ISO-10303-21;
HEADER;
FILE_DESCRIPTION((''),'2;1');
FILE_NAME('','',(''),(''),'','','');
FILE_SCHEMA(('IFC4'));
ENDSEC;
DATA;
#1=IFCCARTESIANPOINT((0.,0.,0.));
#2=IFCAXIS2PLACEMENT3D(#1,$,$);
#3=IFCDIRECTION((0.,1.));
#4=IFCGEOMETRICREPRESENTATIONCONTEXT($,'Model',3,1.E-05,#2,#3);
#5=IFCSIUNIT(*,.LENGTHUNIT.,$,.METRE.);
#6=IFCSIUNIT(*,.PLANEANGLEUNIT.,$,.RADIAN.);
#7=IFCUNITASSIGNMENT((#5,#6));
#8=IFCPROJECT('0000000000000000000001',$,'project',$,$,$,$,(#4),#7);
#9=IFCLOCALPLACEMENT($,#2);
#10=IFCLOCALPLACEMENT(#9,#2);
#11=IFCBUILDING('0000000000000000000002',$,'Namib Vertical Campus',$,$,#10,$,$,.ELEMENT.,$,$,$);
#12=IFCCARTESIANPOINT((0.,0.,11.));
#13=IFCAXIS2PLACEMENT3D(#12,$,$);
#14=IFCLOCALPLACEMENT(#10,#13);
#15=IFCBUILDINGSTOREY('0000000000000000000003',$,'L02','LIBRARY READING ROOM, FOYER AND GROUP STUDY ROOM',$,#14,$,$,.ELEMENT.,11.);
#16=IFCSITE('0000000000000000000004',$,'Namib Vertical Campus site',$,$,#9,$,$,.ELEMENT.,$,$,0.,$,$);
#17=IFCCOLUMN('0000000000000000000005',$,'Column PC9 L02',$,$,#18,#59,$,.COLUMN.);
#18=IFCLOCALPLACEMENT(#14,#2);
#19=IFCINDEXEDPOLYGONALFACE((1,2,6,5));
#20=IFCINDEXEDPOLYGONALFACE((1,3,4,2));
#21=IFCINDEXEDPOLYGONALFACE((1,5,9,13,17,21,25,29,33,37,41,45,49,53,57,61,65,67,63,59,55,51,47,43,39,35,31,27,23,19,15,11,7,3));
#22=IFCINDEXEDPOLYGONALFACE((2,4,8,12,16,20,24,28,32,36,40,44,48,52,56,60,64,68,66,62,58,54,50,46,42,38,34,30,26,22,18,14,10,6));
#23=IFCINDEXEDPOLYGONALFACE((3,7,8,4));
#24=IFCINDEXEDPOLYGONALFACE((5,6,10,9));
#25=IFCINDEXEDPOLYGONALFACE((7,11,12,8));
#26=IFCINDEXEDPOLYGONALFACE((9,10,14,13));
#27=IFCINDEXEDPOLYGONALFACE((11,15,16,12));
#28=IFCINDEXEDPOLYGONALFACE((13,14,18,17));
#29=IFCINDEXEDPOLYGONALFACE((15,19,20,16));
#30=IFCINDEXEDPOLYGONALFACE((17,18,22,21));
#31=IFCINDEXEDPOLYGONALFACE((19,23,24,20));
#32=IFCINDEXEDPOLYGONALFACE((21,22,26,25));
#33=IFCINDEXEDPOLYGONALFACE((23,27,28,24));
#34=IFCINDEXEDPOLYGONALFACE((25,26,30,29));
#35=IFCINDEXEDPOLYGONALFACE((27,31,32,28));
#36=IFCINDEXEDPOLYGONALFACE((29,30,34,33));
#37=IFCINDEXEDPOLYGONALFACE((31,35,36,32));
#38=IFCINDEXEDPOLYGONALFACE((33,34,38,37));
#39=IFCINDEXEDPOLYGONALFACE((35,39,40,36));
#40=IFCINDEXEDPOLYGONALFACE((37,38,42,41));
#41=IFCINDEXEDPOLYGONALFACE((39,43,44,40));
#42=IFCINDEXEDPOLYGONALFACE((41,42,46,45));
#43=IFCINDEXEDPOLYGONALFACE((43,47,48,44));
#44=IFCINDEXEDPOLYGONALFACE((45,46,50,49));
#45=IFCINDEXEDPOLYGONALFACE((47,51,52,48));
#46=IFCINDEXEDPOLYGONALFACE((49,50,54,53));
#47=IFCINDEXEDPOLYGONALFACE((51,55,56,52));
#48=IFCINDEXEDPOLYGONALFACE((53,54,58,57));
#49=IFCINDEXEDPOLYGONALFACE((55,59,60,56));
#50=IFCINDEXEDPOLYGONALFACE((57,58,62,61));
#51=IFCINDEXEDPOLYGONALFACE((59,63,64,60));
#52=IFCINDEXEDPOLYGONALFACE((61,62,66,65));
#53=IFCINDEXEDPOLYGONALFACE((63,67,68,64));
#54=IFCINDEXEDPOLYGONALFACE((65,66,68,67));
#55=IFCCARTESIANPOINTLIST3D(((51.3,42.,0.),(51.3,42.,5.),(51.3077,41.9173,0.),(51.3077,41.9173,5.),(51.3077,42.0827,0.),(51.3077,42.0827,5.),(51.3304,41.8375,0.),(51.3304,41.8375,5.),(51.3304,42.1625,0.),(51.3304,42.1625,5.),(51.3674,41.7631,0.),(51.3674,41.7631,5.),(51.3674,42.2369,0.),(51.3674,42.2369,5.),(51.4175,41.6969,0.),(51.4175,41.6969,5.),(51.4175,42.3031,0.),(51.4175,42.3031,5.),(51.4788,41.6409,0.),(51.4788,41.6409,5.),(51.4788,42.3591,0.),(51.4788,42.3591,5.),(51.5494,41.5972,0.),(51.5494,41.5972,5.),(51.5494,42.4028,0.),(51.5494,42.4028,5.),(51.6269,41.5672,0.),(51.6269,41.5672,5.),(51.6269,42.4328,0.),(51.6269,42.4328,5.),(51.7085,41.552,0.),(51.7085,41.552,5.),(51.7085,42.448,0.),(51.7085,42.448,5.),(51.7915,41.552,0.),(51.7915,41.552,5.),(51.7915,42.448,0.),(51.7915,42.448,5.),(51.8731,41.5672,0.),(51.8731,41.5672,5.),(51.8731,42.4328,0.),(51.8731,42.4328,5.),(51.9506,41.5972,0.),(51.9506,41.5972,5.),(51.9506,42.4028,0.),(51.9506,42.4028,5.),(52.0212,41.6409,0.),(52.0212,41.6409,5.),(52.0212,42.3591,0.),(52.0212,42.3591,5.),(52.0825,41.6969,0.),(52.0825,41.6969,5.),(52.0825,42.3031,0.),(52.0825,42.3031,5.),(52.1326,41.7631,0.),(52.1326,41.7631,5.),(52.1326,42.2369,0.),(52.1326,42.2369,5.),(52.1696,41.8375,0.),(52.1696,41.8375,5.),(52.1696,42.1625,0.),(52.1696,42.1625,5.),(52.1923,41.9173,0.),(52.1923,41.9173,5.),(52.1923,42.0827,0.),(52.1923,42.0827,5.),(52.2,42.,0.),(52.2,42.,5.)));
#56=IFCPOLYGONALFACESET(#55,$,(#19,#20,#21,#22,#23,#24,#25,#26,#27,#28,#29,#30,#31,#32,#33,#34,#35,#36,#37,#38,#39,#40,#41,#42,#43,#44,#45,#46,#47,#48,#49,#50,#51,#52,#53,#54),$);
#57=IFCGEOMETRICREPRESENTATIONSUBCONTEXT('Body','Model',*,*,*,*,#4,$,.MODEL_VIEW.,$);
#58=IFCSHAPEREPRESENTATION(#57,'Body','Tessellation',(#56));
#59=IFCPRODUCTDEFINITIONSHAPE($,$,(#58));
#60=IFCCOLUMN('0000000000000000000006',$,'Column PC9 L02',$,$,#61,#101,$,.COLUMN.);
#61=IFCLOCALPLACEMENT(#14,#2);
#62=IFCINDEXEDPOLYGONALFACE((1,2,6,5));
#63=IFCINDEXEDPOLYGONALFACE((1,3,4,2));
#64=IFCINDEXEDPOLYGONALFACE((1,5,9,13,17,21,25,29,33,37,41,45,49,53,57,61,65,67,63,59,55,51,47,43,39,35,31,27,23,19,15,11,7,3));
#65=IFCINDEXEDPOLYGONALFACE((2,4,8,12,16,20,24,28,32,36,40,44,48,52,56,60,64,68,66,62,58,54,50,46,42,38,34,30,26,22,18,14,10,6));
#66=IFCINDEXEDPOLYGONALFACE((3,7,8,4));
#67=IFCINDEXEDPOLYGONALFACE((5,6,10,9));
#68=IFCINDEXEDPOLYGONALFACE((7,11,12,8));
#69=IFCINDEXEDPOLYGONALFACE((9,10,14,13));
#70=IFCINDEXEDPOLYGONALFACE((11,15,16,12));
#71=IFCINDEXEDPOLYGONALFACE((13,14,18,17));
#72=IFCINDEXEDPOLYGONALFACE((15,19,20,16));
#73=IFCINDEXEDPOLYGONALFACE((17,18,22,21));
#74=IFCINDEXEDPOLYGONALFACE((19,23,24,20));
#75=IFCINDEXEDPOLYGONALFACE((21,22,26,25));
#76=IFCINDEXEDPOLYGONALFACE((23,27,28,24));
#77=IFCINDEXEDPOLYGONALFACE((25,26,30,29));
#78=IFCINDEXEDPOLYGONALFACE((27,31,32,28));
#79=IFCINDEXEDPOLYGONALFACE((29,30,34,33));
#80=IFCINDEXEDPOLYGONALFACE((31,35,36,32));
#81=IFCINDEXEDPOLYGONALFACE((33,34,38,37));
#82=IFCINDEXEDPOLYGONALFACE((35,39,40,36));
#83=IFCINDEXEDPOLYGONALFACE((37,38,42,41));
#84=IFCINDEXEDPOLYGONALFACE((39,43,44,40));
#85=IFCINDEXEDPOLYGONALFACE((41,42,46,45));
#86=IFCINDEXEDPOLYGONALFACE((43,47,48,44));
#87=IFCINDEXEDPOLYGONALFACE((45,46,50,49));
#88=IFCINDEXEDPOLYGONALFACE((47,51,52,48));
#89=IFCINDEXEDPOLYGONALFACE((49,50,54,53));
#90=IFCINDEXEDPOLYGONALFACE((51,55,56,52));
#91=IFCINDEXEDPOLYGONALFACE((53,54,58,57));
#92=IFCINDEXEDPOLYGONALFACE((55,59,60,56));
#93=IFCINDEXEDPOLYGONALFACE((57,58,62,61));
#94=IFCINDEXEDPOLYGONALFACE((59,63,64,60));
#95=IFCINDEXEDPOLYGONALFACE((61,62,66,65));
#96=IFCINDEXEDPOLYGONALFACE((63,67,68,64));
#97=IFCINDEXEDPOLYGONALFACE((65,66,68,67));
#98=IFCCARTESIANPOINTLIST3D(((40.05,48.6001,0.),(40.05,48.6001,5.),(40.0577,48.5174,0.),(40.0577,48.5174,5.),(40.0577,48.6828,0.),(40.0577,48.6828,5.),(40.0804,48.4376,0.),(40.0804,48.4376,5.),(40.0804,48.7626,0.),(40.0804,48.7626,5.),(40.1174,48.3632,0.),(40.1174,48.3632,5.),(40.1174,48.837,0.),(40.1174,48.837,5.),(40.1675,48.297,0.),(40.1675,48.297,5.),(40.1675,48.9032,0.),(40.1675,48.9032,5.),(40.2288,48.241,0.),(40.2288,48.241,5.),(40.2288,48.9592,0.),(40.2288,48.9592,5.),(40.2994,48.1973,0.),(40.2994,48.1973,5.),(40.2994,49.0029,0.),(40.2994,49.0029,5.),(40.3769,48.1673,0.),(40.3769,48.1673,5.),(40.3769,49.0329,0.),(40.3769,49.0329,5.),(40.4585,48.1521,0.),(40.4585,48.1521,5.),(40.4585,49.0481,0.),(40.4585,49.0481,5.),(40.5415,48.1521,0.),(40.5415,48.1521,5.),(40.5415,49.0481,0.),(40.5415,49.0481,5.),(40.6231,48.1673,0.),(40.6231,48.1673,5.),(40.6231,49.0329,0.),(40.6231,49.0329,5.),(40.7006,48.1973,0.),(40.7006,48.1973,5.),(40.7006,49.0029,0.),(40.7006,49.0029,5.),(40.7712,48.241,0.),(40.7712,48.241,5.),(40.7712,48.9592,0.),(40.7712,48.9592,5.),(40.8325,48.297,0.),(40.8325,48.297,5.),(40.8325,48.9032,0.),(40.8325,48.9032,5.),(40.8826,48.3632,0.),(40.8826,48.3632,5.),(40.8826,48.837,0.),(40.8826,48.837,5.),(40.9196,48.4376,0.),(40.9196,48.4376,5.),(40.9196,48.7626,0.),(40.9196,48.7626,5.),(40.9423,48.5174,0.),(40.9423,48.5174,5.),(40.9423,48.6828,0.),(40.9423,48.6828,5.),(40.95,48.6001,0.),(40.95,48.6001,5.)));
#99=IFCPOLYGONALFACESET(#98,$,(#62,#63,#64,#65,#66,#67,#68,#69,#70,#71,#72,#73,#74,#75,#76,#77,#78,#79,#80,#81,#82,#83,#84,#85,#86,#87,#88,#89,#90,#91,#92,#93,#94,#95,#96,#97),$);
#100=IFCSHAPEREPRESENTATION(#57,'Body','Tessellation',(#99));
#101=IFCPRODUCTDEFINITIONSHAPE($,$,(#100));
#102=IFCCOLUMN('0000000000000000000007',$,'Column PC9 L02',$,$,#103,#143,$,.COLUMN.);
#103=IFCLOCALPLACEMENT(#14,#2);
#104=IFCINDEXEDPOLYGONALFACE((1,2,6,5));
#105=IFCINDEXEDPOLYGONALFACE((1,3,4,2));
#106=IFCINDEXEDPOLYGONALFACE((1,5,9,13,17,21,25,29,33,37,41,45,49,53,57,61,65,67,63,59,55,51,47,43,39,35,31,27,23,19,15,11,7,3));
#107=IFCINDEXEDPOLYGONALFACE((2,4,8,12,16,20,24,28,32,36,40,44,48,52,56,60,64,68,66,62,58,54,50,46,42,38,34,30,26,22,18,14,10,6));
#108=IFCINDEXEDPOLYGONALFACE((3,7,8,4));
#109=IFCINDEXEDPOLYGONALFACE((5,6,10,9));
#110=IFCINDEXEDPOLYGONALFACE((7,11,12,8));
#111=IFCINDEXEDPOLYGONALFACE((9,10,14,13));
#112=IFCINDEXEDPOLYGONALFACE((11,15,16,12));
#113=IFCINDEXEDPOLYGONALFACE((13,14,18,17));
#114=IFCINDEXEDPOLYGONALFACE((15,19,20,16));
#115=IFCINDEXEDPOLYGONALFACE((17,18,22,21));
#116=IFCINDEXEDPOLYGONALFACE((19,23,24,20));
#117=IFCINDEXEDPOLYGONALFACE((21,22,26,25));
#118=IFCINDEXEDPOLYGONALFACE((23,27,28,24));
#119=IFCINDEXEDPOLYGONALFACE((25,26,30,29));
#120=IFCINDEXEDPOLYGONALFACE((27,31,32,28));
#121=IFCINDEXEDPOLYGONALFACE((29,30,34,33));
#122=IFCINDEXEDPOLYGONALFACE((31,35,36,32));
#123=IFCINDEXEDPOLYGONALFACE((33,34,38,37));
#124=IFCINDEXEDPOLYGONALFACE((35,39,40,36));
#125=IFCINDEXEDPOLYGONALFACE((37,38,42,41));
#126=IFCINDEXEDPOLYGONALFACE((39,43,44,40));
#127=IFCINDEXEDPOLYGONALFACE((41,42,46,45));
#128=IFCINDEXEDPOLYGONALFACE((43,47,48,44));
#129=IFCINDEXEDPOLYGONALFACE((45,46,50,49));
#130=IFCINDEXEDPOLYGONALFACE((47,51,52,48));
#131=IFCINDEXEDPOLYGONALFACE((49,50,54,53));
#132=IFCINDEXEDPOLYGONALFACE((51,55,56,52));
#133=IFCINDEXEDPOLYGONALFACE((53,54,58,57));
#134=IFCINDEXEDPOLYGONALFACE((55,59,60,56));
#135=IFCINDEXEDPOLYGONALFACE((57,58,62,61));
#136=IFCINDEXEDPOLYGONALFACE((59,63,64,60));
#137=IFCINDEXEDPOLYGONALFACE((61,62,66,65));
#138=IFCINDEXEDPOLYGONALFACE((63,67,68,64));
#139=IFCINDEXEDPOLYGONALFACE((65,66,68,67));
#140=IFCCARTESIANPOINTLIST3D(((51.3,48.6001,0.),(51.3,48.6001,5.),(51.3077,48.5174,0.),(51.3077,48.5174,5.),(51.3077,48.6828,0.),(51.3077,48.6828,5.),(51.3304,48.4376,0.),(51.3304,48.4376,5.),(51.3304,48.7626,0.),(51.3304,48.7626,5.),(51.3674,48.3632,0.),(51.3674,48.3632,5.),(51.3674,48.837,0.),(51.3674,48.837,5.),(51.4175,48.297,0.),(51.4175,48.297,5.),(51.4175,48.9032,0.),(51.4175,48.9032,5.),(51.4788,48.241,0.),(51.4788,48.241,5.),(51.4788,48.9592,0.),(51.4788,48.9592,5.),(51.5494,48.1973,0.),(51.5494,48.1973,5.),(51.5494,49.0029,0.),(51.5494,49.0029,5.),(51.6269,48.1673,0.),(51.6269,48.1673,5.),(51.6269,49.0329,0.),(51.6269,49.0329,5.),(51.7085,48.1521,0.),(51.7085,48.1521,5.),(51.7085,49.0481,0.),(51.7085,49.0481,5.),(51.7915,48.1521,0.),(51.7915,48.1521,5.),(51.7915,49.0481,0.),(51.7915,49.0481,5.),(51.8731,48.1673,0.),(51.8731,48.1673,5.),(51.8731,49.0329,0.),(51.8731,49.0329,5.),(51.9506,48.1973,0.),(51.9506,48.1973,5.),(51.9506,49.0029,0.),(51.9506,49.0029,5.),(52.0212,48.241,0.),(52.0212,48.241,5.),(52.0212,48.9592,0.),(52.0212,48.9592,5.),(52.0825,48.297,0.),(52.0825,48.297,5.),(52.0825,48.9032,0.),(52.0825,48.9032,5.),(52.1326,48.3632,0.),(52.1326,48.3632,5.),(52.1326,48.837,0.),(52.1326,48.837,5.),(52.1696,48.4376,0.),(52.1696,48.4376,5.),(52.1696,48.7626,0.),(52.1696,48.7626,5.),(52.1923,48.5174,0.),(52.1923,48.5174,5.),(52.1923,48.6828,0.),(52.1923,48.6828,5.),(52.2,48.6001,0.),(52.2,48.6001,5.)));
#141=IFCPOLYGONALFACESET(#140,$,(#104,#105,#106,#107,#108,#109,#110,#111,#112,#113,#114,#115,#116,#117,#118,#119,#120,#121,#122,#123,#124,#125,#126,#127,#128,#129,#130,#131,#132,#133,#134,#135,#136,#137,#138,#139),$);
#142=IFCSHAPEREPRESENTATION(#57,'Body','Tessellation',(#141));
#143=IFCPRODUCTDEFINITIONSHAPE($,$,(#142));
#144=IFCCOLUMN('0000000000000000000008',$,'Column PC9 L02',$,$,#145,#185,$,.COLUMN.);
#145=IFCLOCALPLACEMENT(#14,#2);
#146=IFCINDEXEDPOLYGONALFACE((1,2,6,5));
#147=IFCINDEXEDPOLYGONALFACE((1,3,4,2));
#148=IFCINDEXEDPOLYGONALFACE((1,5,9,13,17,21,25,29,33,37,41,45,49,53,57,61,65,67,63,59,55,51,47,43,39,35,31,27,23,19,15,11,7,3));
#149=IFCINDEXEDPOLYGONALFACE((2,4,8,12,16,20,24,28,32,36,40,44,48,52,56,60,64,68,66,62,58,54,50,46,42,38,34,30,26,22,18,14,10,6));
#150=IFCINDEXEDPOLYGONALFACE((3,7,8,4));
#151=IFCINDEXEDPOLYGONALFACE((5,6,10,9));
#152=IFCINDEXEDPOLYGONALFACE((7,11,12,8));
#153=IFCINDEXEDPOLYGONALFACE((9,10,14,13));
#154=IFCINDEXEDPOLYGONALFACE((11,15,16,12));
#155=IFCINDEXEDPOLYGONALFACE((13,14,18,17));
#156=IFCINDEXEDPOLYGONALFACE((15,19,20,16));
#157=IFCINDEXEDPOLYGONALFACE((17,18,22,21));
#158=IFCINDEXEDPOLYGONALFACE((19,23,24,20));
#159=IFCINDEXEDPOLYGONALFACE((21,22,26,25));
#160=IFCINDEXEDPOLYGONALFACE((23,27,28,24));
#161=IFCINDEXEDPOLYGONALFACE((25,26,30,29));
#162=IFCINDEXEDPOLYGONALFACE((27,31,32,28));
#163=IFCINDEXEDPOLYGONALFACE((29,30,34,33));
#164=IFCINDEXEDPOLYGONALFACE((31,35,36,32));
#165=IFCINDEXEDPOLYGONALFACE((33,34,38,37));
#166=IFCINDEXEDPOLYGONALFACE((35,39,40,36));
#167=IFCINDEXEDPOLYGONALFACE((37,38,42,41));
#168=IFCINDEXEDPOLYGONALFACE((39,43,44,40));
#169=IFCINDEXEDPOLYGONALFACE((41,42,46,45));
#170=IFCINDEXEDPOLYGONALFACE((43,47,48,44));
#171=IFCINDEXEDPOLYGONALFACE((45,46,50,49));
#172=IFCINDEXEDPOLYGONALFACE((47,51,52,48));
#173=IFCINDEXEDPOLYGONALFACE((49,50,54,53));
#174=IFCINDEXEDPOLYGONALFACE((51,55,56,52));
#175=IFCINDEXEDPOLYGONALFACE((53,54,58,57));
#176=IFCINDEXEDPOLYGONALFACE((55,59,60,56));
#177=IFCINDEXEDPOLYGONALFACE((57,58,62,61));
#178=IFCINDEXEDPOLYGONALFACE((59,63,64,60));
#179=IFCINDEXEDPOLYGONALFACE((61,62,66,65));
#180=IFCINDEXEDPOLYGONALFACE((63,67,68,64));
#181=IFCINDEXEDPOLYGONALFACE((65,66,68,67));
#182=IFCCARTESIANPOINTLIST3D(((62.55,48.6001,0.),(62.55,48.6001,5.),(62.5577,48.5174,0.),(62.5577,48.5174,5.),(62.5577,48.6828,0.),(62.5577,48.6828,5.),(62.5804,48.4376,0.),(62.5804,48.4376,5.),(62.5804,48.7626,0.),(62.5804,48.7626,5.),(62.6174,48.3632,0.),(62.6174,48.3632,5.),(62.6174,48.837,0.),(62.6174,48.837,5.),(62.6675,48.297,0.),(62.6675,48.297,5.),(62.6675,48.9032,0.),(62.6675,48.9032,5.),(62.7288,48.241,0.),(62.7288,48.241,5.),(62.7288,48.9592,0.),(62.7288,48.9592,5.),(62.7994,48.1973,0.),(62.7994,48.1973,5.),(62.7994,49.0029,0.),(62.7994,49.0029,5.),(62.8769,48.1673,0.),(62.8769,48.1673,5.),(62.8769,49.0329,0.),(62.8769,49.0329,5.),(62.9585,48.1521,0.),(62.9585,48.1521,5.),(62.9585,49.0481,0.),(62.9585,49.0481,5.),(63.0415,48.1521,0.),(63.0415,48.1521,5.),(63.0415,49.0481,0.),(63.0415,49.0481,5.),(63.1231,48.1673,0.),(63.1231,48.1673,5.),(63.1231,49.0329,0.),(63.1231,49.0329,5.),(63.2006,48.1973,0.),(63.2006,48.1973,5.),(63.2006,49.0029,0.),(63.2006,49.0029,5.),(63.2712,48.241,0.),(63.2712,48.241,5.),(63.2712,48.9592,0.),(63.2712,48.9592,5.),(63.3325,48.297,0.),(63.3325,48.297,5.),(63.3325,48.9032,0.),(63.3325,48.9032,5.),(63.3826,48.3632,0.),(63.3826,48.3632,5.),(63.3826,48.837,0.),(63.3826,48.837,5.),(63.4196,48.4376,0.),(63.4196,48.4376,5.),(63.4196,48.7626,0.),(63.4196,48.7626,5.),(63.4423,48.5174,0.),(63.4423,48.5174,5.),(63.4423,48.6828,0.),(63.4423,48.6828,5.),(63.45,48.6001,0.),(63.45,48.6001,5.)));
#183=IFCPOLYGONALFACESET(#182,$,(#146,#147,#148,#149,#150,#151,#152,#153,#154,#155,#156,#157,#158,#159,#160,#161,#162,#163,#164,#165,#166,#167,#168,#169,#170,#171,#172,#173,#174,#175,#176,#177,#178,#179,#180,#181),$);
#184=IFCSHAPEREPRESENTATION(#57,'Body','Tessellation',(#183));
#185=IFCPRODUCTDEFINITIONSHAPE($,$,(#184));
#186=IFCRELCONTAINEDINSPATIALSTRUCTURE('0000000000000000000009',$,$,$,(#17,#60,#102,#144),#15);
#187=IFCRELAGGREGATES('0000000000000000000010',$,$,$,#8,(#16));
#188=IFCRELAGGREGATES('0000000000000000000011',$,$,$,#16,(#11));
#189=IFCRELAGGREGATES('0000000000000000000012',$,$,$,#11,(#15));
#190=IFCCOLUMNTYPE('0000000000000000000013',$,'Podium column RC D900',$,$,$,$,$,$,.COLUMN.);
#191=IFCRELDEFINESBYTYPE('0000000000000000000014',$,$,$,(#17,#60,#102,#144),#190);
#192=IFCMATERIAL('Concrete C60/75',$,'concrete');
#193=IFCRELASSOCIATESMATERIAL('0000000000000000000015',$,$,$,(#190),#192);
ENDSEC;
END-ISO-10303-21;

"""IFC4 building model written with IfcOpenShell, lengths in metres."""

from ifc_helpers import new_model, si_unit, direction, frame, origin, origin_2d, place, context, subcontext, project, spatial, circle, extrude, material, material_profile, profile_set, type_object, element, save


model = new_model("IFC4")

# Units and contexts
model_context = context("Model", 3, precision=1e-05, world=origin(), true_north=direction((0.0, 1.0)))
body_context = subcontext(model_context, "Body", "Model", "MODEL_VIEW")
ifc_project = project(units=[si_unit("LENGTHUNIT", "METRE"), si_unit("PLANEANGLEUNIT", "RADIAN")], contexts=[model_context])

# Site, building, storey
site_placement = place(None, origin())
site = spatial("IfcSite", under=ifc_project, at=site_placement, Name="Namib Vertical Campus site", CompositionType="ELEMENT", RefElevation=0.0)
building_placement = place(site_placement, origin())
building = spatial("IfcBuilding", under=site, at=building_placement, Name="Namib Vertical Campus", CompositionType="ELEMENT")
storey_placement = place(building_placement, frame((0.0, 0.0, 11.0)))
storey = spatial("IfcBuildingStorey", under=building, at=storey_placement, Name="L02", Description="LIBRARY READING ROOM, FOYER AND GROUP STUDY ROOM", CompositionType="ELEMENT", Elevation=11.0)

# Columns
ifc_material_1 = material(Name="Concrete C60/75", Category="concrete")
ifc_material_profile_1 = material_profile(ifc_material_1, circle(Radius=0.45, at=origin_2d()))
ifc_profile_set_1 = profile_set([ifc_material_profile_1], Name="Concrete C60/75")
column_type_1 = type_object("IfcColumnType", Name="Podium column RC D900", PredefinedType="COLUMN", material=ifc_profile_set_1)
for number, where, z_axis, x_axis, name in (
    (1, (51.75, 42.0, 0.0), (0.0, 0.0, 1.0), (1.0, 0.0, 0.0), "Column PC9 L02"),
    (2, (40.5, 48.6001, 0.0), (0.0, 0.0, 1.0), (1.0, 0.0, 0.0), "Column PC9 L02"),
    (3, (51.75, 48.6001, 0.0), (0.0, 0.0, 1.0), (1.0, 0.0, 0.0), "Column PC9 L02"),
    (4, (63.0, 48.6001, 0.0), (0.0, 0.0, 1.0), (1.0, 0.0, 0.0), "Column PC9 L02"),
):
    element("IfcColumn", number, at=place(storey_placement, frame(where, z_axis=z_axis, x_axis=x_axis)), inside=storey, type_object=column_type_1, Name=name, PredefinedType="COLUMN", context=body_context, shape_type="SweptSolid", body=[
        extrude(circle(Radius=0.45, at=origin_2d()), origin(), (0.0, 0.0, 1.0), 5.0),
    ])

save(model, "model.ifc")
